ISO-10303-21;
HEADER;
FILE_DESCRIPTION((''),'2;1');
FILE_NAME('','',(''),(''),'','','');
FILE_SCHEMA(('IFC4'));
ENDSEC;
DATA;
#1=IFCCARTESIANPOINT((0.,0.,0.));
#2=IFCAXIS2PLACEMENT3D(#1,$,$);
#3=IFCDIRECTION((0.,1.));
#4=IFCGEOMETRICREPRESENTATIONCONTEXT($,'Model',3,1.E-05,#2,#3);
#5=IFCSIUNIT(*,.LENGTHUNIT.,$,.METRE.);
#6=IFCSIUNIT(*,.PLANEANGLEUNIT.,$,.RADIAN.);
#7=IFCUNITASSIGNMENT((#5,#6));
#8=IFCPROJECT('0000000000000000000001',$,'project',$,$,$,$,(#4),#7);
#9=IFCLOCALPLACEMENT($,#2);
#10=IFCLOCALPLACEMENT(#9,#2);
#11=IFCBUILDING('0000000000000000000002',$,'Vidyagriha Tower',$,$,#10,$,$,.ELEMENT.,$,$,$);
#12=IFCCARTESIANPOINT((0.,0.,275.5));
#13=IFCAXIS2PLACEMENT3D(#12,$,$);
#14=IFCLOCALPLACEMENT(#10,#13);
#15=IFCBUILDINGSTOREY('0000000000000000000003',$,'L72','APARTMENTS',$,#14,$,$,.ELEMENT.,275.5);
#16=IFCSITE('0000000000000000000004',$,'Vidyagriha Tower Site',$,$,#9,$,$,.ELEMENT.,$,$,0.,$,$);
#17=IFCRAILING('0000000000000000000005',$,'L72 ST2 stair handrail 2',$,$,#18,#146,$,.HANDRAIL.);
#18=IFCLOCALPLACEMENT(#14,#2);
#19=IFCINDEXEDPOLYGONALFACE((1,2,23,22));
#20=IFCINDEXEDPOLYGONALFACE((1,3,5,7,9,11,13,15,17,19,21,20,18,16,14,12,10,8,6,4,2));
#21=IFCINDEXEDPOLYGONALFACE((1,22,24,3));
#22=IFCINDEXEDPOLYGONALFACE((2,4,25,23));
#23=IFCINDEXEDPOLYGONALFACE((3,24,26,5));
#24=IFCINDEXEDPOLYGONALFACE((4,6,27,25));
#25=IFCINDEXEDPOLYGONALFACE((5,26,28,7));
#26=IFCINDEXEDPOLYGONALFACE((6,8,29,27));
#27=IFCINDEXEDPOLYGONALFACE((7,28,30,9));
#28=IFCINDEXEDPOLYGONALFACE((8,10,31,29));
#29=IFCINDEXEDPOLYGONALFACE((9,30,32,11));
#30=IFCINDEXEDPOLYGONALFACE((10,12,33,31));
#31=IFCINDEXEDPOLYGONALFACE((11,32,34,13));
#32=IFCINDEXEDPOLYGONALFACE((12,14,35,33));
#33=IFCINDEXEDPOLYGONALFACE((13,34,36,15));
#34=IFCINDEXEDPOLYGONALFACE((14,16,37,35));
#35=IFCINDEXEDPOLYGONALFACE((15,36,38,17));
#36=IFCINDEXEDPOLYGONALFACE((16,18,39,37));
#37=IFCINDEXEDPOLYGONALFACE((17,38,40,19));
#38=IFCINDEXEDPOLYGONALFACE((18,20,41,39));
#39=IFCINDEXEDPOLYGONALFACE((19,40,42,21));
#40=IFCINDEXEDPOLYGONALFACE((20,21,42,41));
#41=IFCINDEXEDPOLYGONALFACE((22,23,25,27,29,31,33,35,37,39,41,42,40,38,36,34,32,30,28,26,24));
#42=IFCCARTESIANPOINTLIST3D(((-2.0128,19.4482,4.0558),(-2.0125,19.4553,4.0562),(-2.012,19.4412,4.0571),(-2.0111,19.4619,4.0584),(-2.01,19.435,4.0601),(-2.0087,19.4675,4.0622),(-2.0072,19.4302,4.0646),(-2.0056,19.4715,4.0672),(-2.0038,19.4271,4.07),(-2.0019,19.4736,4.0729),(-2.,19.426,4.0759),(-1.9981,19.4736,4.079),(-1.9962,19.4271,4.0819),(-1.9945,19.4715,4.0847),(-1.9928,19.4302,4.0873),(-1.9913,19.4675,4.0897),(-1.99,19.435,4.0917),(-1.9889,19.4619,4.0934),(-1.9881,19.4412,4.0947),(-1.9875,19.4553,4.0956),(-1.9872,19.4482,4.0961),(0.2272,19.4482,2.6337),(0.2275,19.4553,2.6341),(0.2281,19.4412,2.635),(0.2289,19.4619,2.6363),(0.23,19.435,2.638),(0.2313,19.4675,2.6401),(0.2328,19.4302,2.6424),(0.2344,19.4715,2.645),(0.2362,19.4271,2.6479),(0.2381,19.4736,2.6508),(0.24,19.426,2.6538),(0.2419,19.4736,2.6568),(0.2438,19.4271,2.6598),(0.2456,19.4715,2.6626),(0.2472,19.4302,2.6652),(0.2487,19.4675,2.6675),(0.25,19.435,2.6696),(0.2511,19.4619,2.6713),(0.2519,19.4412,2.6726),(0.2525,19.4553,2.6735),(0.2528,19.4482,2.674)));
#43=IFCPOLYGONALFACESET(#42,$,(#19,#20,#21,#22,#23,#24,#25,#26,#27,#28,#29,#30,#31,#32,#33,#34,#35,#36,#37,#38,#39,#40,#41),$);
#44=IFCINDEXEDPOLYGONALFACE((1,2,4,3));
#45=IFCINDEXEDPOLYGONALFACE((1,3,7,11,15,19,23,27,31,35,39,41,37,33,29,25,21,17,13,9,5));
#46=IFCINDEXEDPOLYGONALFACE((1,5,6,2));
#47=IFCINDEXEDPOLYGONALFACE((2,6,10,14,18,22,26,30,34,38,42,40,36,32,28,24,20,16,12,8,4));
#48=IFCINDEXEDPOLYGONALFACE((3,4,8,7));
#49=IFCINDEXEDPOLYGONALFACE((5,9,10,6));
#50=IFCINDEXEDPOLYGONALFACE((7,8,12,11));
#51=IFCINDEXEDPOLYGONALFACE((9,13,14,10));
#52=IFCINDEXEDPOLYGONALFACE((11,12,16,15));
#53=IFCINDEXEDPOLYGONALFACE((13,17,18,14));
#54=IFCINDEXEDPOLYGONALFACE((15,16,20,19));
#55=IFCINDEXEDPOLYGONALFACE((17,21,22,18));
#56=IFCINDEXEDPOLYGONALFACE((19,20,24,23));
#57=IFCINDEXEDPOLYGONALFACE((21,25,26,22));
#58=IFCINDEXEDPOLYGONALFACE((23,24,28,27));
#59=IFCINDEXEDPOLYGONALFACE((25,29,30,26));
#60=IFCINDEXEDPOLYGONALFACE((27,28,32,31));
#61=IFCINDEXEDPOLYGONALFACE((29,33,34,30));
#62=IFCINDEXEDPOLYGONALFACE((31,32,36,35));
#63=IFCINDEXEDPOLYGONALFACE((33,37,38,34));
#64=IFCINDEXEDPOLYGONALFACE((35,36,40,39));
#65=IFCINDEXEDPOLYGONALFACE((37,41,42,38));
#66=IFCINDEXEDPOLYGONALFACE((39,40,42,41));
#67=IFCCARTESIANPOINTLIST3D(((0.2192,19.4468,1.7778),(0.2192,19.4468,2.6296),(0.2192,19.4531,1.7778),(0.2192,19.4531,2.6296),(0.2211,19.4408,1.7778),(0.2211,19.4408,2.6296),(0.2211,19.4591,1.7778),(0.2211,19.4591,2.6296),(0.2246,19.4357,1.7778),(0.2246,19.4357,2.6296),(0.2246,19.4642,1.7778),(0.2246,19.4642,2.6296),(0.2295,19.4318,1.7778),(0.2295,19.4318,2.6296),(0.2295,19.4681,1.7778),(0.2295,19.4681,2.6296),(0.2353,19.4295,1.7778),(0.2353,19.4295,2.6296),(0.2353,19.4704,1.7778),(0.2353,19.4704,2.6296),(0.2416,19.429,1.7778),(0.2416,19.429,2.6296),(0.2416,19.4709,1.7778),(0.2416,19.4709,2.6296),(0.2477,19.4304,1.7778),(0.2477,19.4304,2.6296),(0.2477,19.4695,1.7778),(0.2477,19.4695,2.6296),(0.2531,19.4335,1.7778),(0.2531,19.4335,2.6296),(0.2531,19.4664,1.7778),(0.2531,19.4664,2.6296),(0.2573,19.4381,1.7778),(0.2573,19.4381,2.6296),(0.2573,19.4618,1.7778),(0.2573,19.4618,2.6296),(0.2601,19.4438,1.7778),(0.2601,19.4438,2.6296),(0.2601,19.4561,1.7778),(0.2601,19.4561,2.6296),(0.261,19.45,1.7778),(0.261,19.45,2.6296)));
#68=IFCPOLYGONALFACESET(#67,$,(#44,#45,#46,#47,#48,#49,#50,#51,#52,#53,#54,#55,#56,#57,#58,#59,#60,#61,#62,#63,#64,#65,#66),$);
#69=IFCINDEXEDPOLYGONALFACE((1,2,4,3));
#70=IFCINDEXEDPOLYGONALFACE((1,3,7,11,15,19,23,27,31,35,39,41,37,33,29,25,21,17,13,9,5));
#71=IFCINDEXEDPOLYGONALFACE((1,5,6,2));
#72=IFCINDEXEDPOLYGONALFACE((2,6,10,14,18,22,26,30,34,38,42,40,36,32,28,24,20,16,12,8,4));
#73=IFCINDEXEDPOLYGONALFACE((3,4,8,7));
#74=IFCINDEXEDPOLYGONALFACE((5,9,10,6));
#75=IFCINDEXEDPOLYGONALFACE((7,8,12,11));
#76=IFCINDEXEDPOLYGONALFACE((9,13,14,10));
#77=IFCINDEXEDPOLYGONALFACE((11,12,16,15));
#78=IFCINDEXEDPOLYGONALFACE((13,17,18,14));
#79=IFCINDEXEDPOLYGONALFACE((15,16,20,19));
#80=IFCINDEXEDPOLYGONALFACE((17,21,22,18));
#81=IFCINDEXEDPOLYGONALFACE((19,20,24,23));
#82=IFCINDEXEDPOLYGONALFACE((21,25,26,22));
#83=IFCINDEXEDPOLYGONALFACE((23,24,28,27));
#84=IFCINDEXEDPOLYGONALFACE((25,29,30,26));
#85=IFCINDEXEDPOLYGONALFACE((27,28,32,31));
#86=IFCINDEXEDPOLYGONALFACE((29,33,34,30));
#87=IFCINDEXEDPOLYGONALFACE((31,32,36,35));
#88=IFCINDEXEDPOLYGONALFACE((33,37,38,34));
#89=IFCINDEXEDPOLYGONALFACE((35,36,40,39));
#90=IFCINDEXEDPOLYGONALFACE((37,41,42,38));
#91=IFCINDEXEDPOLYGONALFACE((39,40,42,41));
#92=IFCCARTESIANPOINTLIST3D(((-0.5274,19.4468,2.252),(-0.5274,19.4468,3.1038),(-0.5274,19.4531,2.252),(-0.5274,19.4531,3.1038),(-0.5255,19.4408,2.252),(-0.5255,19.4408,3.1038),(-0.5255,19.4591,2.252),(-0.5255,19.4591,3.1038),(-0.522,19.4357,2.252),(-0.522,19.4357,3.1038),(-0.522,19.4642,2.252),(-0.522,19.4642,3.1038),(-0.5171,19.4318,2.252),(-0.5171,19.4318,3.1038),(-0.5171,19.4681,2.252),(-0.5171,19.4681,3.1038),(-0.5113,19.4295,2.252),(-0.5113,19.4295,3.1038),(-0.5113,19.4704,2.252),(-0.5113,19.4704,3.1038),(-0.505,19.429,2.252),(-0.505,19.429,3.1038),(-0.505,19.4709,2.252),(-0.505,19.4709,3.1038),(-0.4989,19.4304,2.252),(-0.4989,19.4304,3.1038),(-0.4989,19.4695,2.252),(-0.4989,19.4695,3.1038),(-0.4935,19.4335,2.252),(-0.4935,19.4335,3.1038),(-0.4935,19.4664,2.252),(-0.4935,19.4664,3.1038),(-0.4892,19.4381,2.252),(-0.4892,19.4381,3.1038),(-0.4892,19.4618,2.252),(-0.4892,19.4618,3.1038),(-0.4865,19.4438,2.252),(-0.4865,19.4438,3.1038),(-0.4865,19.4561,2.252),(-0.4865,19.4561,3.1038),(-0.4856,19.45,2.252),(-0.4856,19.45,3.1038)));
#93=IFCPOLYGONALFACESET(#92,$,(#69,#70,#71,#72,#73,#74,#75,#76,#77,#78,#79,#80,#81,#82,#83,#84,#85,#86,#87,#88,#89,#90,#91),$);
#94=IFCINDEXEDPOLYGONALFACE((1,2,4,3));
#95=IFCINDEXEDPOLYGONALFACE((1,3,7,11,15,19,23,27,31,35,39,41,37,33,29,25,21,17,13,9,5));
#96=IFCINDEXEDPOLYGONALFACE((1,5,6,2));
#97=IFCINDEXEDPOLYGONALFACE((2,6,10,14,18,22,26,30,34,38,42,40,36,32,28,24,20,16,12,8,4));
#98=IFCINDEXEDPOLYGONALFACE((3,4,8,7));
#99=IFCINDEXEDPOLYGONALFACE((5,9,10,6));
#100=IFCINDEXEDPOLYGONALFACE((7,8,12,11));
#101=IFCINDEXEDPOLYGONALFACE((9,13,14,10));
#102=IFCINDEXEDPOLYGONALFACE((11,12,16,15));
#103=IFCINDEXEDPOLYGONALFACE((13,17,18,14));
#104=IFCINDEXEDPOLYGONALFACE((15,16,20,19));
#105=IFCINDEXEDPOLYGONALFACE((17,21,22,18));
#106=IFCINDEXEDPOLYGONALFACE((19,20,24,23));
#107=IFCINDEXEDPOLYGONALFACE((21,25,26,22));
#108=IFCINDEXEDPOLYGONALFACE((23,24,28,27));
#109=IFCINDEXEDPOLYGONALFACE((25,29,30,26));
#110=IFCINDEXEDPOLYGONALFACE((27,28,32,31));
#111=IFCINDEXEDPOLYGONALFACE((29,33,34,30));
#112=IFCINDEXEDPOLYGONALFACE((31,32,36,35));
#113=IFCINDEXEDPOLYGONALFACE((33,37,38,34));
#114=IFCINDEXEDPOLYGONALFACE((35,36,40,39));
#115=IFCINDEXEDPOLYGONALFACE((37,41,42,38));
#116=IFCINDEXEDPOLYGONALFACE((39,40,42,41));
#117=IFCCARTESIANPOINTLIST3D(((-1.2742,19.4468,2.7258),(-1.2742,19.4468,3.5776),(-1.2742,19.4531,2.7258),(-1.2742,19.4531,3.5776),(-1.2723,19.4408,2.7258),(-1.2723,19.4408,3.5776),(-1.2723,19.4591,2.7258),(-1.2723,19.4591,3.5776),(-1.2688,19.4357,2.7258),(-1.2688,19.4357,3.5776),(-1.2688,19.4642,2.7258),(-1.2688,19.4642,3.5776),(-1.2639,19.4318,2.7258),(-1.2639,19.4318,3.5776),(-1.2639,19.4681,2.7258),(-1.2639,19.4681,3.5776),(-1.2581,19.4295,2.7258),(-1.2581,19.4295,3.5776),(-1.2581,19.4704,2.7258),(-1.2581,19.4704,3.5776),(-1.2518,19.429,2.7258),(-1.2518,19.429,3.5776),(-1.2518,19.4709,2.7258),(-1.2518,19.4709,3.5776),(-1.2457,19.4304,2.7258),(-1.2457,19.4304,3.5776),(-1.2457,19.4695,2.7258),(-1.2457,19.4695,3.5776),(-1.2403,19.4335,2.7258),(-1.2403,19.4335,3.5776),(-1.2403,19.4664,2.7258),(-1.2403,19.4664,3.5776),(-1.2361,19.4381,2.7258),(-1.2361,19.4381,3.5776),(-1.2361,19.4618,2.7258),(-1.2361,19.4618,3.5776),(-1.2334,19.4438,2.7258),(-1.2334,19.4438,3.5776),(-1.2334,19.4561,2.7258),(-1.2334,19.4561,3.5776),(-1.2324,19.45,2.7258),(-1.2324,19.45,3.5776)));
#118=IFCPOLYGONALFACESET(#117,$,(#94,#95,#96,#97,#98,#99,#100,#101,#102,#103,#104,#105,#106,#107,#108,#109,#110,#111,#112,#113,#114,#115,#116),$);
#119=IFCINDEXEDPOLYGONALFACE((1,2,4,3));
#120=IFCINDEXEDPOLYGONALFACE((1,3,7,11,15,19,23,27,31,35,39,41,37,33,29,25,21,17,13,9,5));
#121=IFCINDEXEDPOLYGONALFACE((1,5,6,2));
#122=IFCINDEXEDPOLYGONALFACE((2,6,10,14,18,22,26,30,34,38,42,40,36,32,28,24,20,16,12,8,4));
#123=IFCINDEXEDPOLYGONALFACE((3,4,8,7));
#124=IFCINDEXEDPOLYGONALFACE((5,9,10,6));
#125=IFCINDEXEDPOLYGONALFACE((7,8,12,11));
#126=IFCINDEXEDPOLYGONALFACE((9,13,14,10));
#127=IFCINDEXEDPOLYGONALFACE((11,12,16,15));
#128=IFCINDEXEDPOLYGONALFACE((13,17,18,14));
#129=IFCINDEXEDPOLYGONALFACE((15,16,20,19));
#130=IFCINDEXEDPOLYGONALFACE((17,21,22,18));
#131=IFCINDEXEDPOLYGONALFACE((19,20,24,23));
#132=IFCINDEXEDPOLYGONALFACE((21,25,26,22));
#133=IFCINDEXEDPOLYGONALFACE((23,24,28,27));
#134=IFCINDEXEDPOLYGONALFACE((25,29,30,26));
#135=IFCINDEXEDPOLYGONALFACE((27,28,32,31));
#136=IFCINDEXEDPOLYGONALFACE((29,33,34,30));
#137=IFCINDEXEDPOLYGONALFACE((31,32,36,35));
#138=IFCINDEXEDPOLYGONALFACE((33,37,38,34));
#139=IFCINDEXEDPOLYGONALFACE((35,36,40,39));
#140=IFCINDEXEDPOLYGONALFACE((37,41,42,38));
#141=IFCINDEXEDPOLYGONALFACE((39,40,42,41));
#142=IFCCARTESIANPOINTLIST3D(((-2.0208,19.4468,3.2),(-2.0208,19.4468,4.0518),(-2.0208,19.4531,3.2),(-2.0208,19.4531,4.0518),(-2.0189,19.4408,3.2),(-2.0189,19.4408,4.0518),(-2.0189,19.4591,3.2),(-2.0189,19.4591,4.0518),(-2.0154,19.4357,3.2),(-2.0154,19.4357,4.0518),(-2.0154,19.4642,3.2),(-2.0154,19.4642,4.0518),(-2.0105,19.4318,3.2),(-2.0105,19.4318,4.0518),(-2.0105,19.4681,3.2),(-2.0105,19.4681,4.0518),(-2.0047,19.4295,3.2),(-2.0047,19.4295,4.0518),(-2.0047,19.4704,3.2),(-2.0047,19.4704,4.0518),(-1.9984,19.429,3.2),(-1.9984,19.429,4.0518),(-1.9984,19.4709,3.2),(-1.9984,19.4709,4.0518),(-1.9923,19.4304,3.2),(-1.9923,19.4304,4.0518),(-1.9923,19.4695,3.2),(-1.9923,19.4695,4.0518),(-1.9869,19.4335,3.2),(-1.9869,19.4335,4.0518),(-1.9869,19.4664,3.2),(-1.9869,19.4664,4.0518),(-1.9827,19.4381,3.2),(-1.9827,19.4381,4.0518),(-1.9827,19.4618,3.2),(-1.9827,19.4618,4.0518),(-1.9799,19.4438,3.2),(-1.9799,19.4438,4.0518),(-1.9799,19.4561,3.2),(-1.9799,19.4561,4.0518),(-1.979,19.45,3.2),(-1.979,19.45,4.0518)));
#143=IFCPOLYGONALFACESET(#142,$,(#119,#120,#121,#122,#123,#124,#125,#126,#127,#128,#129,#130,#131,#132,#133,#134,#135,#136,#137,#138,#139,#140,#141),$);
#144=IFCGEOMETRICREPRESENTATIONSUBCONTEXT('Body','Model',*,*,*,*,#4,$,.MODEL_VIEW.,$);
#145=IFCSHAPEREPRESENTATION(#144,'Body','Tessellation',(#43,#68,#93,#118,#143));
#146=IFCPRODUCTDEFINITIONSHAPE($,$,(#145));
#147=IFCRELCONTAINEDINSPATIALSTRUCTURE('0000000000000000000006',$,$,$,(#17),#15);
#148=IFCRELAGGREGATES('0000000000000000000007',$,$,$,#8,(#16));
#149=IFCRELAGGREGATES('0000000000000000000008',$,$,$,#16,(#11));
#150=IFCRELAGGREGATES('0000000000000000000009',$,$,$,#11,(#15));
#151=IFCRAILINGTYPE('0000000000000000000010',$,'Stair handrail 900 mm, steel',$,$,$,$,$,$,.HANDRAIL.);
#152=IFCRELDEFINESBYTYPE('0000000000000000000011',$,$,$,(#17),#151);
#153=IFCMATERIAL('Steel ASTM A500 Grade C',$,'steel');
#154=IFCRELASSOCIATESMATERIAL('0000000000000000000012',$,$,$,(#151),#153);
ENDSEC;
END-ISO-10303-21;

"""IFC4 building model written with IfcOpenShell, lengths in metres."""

from ifc_helpers import new_model, si_unit, direction, frame, origin, origin_2d, place, context, subcontext, project, spatial, circle, extrude, material, type_object, element, save


model = new_model("IFC4")

# Units and contexts
model_context = context("Model", 3, precision=1e-05, world=origin(), true_north=direction((0.0, 1.0)))
body_context = subcontext(model_context, "Body", "Model", "MODEL_VIEW")
ifc_project = project(units=[si_unit("LENGTHUNIT", "METRE"), si_unit("PLANEANGLEUNIT", "RADIAN")], contexts=[model_context])

# Site, building, storey
site_placement = place(None, origin())
site = spatial("IfcSite", under=ifc_project, at=site_placement, Name="Vidyagriha Tower Site", CompositionType="ELEMENT", RefElevation=0.0)
building_placement = place(site_placement, origin())
building = spatial("IfcBuilding", under=site, at=building_placement, Name="Vidyagriha Tower", CompositionType="ELEMENT")
storey_placement = place(building_placement, frame((0.0, 0.0, 275.5)))
storey = spatial("IfcBuildingStorey", under=building, at=storey_placement, Name="L72", Description="APARTMENTS", CompositionType="ELEMENT", Elevation=275.5)

# Railing
ifc_material_1 = material(Name="Steel ASTM A500 Grade C", Category="steel")
railing_type_1 = type_object("IfcRailingType", Name="Stair handrail 900 mm, steel", PredefinedType="HANDRAIL", material=ifc_material_1)
for number, where, name in (
    (1, (0.24, 19.45, 1.7778), "L72 ST2 stair handrail 2"),
):
    element("IfcRailing", number, at=place(storey_placement, frame(where)), inside=storey, type_object=railing_type_1, Name=name, PredefinedType="HANDRAIL", context=body_context, shape_type="SweptSolid", body=[
        extrude(circle(Radius=0.0239, at=origin_2d()), frame((0.0, 0.0, 0.876), z_axis=(-0.844229, 0.0, 0.535982), x_axis=(0.0, -1.0, 0.0)), (0.0, 0.0, 1.0), 2.6533),
        extrude(circle(Radius=0.021, at=origin_2d()), origin(), (0.0, 0.0, 1.0), 0.8518),
        extrude(circle(Radius=0.021, at=origin_2d()), frame((-0.7466, 0.0, 0.4741)), (0.0, 0.0, 1.0), 0.8518),
        extrude(circle(Radius=0.021, at=origin_2d()), frame((-1.4934, 0.0, 0.948)), (0.0, 0.0, 1.0), 0.8518),
        extrude(circle(Radius=0.021, at=origin_2d()), frame((-2.24, 0.0, 1.4221)), (0.0, 0.0, 1.0), 0.8518),
    ])

save(model, "model.ifc")
